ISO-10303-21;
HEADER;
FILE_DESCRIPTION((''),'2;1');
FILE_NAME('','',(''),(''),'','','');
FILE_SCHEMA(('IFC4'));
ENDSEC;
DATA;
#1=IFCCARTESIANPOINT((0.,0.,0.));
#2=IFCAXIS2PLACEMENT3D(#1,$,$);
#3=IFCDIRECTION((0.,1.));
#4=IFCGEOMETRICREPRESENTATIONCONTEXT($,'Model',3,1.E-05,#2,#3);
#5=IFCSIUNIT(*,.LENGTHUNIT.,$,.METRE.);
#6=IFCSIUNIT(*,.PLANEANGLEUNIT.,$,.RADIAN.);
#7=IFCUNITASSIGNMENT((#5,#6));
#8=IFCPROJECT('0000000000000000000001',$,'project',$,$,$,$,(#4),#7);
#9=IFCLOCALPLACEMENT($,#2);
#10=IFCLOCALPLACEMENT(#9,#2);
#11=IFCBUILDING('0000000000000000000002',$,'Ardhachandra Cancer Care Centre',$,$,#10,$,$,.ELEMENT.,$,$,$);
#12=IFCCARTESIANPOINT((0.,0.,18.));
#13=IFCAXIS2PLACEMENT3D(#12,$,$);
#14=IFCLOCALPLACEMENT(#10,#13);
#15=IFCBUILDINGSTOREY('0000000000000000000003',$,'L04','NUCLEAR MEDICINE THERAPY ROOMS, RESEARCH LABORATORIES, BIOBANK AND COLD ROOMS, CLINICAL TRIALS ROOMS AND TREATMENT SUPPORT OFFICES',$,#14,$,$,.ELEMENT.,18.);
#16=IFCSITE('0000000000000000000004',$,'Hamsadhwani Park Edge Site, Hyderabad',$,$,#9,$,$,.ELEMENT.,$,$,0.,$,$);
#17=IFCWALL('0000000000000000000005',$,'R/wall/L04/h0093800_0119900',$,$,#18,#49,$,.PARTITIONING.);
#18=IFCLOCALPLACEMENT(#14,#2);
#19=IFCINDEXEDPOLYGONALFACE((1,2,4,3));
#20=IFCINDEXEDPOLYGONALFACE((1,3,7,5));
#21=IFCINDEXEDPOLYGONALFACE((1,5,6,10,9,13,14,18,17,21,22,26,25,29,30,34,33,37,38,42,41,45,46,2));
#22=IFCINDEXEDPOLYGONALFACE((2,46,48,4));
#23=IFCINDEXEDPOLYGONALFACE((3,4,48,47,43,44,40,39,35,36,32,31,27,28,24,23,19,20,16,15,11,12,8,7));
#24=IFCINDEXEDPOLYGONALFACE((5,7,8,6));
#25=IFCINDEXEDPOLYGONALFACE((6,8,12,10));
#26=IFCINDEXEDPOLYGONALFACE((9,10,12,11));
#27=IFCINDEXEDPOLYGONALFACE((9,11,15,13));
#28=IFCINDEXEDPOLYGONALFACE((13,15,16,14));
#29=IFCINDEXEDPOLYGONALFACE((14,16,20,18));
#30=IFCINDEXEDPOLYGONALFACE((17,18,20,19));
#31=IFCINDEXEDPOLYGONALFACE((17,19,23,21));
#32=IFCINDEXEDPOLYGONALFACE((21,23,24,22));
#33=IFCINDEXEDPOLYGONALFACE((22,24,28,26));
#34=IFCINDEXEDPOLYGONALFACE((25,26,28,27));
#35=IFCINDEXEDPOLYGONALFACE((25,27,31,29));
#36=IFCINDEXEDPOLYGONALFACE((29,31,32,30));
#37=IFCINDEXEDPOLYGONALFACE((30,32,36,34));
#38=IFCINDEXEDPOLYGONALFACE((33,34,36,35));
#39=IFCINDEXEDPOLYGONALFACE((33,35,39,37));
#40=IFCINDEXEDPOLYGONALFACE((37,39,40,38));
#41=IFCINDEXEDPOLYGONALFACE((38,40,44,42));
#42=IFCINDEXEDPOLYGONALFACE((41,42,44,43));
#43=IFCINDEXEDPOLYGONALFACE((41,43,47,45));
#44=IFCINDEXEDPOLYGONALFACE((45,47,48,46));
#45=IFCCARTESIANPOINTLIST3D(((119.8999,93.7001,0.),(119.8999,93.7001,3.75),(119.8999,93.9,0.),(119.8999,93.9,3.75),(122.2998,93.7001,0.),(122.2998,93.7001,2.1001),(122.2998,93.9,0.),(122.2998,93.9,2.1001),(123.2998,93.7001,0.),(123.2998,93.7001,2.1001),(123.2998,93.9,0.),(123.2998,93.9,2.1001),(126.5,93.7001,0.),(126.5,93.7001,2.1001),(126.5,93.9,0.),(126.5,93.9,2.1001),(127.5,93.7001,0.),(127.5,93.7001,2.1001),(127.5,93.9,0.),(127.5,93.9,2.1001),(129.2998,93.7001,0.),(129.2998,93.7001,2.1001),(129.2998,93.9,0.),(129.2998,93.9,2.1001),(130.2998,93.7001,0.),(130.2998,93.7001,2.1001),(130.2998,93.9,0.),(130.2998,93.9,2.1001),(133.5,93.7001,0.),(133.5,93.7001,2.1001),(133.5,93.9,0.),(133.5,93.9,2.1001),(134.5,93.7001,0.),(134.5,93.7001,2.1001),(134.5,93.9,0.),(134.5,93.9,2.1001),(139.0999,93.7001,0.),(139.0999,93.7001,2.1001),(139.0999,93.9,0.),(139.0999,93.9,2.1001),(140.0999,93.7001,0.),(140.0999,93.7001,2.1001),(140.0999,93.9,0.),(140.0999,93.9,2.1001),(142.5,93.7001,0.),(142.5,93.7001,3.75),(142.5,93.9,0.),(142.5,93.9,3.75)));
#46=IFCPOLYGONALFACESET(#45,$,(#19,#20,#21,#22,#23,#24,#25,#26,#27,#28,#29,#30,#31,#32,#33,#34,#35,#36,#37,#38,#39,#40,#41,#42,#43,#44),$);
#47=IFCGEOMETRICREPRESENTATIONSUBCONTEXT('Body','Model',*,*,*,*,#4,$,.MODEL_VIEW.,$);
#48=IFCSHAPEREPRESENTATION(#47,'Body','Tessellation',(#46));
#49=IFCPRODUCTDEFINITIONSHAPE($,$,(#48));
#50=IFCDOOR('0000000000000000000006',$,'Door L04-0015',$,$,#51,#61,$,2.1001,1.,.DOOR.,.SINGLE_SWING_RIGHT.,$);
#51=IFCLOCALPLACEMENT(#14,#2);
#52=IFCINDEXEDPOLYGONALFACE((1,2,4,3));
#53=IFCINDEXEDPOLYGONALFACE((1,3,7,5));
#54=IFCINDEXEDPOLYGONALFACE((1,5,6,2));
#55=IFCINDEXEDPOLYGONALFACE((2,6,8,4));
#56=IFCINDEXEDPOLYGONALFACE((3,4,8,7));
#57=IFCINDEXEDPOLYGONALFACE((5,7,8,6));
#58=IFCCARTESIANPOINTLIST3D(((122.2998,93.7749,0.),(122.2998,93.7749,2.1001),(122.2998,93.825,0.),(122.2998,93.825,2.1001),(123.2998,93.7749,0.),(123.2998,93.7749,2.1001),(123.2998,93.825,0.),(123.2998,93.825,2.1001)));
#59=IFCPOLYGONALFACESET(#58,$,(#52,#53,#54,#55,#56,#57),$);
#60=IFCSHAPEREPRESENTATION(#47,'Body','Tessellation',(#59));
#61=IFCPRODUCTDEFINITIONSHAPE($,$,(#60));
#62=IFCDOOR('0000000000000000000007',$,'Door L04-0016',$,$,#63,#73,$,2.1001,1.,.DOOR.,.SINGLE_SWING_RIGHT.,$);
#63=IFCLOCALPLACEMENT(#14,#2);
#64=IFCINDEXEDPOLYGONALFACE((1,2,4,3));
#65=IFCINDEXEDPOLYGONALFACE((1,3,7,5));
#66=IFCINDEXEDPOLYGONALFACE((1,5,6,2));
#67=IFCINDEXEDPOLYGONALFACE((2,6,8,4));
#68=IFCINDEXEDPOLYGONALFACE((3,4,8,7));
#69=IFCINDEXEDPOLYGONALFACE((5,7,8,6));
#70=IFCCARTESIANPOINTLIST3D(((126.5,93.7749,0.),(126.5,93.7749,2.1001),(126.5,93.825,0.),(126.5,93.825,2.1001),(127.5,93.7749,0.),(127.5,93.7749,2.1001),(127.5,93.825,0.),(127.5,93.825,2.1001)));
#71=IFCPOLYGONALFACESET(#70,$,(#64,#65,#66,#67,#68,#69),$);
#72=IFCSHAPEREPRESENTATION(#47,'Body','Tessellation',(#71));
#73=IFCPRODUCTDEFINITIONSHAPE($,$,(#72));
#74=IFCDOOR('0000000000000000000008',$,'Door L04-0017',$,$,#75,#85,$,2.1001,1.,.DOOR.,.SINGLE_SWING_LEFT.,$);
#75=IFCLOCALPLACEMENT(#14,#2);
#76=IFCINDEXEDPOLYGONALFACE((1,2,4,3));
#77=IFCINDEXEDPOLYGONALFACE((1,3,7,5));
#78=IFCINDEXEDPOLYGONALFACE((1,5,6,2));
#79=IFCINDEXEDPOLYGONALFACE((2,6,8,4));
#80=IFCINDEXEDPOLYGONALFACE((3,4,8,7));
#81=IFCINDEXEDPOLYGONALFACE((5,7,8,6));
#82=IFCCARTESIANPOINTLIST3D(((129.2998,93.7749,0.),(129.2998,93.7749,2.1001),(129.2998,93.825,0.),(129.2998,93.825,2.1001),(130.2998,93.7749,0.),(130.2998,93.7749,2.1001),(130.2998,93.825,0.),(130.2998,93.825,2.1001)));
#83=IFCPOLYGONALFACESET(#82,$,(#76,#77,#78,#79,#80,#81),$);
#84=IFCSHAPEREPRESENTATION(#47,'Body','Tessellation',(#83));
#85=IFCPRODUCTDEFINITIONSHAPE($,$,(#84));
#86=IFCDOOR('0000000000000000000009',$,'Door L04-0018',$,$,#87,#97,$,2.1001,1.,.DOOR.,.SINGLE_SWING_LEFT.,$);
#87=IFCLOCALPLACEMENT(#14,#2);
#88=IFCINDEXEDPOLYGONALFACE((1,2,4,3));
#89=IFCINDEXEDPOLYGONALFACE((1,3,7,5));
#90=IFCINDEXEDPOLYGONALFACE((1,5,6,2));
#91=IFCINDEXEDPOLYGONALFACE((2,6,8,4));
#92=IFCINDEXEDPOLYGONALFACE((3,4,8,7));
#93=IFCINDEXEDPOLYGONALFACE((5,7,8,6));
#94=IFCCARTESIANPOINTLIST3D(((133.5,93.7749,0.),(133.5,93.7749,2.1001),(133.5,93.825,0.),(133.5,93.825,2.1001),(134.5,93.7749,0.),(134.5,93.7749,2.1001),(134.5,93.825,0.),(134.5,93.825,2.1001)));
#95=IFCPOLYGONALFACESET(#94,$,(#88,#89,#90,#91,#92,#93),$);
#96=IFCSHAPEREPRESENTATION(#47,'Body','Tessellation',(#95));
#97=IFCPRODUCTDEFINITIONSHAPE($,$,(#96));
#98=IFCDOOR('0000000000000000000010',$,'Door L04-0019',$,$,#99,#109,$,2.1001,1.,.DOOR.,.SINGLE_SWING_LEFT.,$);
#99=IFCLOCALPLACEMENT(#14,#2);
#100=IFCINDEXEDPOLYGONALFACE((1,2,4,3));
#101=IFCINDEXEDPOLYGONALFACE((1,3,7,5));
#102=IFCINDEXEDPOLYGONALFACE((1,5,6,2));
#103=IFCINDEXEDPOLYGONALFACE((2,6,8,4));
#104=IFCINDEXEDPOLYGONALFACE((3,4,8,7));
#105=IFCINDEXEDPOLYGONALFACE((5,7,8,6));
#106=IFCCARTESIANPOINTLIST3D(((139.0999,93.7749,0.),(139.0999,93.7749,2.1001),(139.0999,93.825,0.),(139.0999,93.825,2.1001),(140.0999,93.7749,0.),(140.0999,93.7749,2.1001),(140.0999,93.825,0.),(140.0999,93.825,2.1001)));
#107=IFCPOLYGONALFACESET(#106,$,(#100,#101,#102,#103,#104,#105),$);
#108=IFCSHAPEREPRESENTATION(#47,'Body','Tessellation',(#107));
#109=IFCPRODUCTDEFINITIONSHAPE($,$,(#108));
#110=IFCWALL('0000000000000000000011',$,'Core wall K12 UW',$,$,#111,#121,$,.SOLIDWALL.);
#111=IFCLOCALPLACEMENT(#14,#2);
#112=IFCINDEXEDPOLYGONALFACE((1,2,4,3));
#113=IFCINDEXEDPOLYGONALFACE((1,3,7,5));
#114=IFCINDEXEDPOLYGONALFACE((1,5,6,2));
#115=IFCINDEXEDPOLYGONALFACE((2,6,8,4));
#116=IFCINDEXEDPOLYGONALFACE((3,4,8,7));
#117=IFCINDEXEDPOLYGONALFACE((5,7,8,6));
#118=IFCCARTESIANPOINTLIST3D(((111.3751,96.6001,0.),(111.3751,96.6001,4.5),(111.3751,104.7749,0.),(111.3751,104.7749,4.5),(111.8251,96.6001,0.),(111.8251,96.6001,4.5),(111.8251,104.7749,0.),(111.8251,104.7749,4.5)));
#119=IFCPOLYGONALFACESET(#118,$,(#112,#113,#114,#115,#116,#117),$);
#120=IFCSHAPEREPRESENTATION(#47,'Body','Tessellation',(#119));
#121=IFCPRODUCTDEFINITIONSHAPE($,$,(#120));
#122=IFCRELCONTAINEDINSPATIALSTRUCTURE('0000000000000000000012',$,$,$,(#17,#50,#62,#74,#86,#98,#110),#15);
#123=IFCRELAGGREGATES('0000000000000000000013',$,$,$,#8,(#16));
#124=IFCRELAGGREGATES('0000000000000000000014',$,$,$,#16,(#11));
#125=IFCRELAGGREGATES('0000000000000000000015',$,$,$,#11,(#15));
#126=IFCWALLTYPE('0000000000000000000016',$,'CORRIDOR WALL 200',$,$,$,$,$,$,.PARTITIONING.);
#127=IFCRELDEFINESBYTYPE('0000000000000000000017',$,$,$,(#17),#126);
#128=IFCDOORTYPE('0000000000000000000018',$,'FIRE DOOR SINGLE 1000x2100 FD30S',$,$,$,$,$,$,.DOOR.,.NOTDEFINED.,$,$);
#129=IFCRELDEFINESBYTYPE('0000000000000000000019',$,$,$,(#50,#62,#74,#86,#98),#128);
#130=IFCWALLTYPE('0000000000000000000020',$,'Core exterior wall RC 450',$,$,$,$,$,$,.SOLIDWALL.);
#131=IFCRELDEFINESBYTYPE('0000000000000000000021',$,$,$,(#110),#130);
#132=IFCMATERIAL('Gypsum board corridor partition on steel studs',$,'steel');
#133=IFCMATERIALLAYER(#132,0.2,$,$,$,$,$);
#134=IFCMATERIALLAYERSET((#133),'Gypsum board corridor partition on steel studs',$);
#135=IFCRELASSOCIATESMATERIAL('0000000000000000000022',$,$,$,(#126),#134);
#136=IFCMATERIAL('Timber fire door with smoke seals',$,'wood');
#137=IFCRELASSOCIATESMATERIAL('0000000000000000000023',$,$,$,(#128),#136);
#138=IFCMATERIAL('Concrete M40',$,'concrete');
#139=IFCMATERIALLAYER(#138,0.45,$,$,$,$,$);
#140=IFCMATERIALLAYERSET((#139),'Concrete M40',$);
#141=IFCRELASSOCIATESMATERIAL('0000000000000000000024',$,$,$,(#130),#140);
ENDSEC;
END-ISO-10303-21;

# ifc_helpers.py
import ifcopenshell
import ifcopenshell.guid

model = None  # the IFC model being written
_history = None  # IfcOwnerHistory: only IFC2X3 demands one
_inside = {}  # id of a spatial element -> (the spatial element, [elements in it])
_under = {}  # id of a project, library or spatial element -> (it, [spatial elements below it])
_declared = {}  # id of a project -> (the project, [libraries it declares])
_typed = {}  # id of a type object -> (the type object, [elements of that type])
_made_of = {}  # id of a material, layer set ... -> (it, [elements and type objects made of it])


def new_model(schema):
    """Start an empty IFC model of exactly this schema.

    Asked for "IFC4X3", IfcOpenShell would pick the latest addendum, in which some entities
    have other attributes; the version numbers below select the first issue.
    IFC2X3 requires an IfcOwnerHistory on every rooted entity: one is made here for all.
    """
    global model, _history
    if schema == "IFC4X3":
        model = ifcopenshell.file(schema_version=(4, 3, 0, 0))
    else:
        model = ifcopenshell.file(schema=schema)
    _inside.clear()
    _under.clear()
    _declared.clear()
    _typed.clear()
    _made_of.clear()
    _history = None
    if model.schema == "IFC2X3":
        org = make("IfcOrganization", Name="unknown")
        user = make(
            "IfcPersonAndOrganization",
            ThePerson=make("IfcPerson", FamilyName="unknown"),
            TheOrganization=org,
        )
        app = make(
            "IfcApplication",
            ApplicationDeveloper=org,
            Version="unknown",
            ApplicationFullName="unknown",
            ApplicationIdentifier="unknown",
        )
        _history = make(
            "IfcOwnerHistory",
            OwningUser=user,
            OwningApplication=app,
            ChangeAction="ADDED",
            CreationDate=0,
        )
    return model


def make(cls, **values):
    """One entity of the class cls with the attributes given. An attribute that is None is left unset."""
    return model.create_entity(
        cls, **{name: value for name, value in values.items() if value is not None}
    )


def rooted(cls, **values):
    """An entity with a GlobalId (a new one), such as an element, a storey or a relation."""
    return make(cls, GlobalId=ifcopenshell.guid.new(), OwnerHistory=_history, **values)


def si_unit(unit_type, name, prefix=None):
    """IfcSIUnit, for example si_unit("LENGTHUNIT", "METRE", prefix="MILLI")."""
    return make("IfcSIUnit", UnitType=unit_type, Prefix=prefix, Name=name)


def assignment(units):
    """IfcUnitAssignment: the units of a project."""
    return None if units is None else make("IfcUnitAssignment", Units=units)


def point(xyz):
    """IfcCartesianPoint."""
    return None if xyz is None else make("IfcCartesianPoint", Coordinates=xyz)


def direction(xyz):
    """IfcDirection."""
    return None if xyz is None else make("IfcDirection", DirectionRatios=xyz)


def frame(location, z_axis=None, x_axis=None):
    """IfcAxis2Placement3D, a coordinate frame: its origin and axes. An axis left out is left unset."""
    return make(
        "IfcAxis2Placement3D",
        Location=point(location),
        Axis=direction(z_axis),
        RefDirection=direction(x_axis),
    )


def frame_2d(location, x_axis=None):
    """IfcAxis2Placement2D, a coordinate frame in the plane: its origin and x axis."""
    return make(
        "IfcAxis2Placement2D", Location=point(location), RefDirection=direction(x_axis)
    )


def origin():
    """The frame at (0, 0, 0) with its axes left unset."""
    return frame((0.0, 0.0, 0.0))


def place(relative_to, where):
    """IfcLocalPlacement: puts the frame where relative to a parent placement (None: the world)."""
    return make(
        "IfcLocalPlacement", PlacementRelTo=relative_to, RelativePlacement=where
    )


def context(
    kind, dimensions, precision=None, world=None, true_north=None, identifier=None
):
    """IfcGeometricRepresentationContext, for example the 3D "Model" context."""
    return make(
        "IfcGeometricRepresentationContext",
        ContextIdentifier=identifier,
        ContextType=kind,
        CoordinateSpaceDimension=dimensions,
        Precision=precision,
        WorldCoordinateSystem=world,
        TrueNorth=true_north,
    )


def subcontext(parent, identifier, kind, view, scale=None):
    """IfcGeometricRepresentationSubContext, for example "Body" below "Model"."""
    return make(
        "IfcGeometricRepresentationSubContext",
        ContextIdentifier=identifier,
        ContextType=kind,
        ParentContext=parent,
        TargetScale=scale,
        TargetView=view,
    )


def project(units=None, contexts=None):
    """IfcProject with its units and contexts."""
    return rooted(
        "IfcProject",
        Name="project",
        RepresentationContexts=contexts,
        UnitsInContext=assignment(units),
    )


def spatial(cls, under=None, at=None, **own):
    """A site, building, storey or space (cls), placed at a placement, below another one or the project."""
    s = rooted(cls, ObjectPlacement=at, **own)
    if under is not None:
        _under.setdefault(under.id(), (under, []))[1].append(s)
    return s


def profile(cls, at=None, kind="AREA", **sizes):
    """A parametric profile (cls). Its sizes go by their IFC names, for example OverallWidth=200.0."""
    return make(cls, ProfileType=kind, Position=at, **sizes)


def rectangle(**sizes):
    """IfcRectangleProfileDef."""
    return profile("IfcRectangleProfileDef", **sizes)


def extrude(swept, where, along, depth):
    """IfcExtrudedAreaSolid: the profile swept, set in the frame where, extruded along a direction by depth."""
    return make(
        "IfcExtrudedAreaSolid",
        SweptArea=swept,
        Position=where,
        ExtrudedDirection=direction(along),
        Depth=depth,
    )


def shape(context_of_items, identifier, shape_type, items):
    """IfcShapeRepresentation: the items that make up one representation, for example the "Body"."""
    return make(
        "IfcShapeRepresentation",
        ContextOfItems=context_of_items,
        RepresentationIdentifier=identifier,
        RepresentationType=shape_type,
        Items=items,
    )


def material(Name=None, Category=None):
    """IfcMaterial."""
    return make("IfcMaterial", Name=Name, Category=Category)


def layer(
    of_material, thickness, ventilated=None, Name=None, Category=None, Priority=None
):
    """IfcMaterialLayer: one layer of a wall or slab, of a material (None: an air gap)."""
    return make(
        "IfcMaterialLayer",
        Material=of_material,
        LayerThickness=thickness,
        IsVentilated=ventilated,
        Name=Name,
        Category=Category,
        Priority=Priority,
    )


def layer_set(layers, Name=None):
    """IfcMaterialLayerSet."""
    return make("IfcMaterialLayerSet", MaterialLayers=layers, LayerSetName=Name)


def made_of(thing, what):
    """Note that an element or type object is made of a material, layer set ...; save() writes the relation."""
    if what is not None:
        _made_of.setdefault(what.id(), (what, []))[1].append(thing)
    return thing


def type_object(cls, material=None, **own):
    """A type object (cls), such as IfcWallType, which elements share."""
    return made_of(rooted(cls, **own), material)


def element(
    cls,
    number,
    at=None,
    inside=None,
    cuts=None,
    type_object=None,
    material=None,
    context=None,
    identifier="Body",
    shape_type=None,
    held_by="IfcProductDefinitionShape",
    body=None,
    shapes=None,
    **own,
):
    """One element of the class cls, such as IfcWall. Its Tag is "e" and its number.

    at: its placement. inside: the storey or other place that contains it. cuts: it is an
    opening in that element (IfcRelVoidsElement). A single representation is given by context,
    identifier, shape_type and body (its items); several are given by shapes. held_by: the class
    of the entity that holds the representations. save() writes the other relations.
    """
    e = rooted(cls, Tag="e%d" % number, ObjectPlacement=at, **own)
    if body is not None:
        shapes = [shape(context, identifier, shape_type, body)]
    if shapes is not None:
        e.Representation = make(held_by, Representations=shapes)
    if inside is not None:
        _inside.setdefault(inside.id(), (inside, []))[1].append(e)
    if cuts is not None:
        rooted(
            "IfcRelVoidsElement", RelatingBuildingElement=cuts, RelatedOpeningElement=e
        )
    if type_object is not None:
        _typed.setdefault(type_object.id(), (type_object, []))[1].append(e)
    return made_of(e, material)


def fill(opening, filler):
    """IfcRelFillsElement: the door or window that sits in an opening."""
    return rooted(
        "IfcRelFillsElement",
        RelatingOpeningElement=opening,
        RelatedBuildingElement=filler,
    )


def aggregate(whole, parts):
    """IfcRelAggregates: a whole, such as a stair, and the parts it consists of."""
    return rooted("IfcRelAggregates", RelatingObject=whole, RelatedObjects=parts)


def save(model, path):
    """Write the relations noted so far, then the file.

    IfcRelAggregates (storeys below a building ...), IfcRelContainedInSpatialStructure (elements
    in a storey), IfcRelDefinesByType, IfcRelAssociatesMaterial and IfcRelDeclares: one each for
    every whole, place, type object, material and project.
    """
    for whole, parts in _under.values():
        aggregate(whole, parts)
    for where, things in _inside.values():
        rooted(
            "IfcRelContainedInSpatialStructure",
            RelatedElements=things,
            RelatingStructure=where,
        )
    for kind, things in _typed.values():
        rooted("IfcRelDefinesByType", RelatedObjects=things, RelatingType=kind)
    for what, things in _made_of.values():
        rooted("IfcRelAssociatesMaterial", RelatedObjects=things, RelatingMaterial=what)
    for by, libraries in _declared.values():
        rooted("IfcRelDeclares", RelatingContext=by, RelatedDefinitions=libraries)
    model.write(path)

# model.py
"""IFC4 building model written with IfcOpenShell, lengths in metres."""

from ifc_helpers import new_model, si_unit, direction, frame, frame_2d, origin, place, context, subcontext, project, spatial, rectangle, extrude, material, layer, layer_set, type_object, element, fill, save


model = new_model("IFC4")

# Units and contexts
model_context = context("Model", 3, precision=1e-05, world=origin(), true_north=direction((0.0, 1.0)))
body_context = subcontext(model_context, "Body", "Model", "MODEL_VIEW")
ifc_project = project(units=[si_unit("LENGTHUNIT", "METRE"), si_unit("PLANEANGLEUNIT", "RADIAN")], contexts=[model_context])

# Site, building, storey
site_placement = place(None, origin())
site = spatial("IfcSite", under=ifc_project, at=site_placement, Name="Hamsadhwani Park Edge Site, Hyderabad", CompositionType="ELEMENT", RefElevation=0.0)
building_placement = place(site_placement, origin())
building = spatial("IfcBuilding", under=site, at=building_placement, Name="Ardhachandra Cancer Care Centre", CompositionType="ELEMENT")
storey_placement = place(building_placement, frame((0.0, 0.0, 18.0)))
storey = spatial("IfcBuildingStorey", under=building, at=storey_placement, Name="L04", Description="NUCLEAR MEDICINE THERAPY ROOMS, RESEARCH LABORATORIES, BIOBANK AND COLD ROOMS, CLINICAL TRIALS ROOMS AND TREATMENT SUPPORT OFFICES", CompositionType="ELEMENT", Elevation=18.0)

# Wall, openings, doors
ifc_material_1 = material(Name="Gypsum board corridor partition on steel studs", Category="steel")
ifc_layer_1 = layer(ifc_material_1, 0.2)
ifc_layer_set_1 = layer_set([ifc_layer_1], Name="Gypsum board corridor partition on steel studs")
wall_type_1 = type_object("IfcWallType", Name="CORRIDOR WALL 200", PredefinedType="PARTITIONING", material=ifc_layer_set_1)
wall_1_placement = place(storey_placement, frame((119.8999, 93.8, 0.0), z_axis=(0.0, 0.0, 1.0), x_axis=(1.0, 0.0, 0.0)))
wall_1 = element("IfcWall", 1, at=wall_1_placement, inside=storey, type_object=wall_type_1, Name="R/wall/L04/h0093800_0119900", PredefinedType="PARTITIONING", context=body_context, shape_type="SweptSolid", body=[
    extrude(rectangle(XDim=22.6001, YDim=0.2, at=frame_2d((11.3, 0.0))), origin(), (0.0, 0.0, 1.0), 3.75),
])
opening_1_placement = place(wall_1_placement, frame((2.3999, 0.0, 0.0)))
opening_1 = element("IfcOpeningElement", 2, at=opening_1_placement, cuts=wall_1, PredefinedType="OPENING", context=body_context, shape_type="SweptSolid", body=[
    extrude(rectangle(XDim=1.0, YDim=2.1001, at=frame_2d((0.5, 1.05))), frame((0.0, 0.1099, 0.0), z_axis=(0.0, -1.0, 0.0), x_axis=(1.0, 0.0, 0.0)), (0.0, 0.0, 1.0), 0.22),
])
opening_2_placement = place(wall_1_placement, frame((6.6001, 0.0, 0.0)))
opening_2 = element("IfcOpeningElement", 3, at=opening_2_placement, cuts=wall_1, PredefinedType="OPENING", context=body_context, shape_type="SweptSolid", body=[
    extrude(rectangle(XDim=1.0, YDim=2.1001, at=frame_2d((0.5, 1.05))), frame((0.0, 0.1099, 0.0), z_axis=(0.0, -1.0, 0.0), x_axis=(1.0, 0.0, 0.0)), (0.0, 0.0, 1.0), 0.22),
])
opening_3_placement = place(wall_1_placement, frame((9.3999, 0.0, 0.0)))
opening_3 = element("IfcOpeningElement", 4, at=opening_3_placement, cuts=wall_1, PredefinedType="OPENING", context=body_context, shape_type="SweptSolid", body=[
    extrude(rectangle(XDim=1.0, YDim=2.1001, at=frame_2d((0.5, 1.05))), frame((0.0, 0.1099, 0.0), z_axis=(0.0, -1.0, 0.0), x_axis=(1.0, 0.0, 0.0)), (0.0, 0.0, 1.0), 0.22),
])
opening_4_placement = place(wall_1_placement, frame((13.6001, 0.0, 0.0)))
opening_4 = element("IfcOpeningElement", 5, at=opening_4_placement, cuts=wall_1, PredefinedType="OPENING", context=body_context, shape_type="SweptSolid", body=[
    extrude(rectangle(XDim=1.0, YDim=2.1001, at=frame_2d((0.5, 1.05))), frame((0.0, 0.1099, 0.0), z_axis=(0.0, -1.0, 0.0), x_axis=(1.0, 0.0, 0.0)), (0.0, 0.0, 1.0), 0.22),
])
opening_5_placement = place(wall_1_placement, frame((19.2, 0.0, 0.0)))
opening_5 = element("IfcOpeningElement", 6, at=opening_5_placement, cuts=wall_1, PredefinedType="OPENING", context=body_context, shape_type="SweptSolid", body=[
    extrude(rectangle(XDim=1.0, YDim=2.1001, at=frame_2d((0.5, 1.05))), frame((0.0, 0.1099, 0.0), z_axis=(0.0, -1.0, 0.0), x_axis=(1.0, 0.0, 0.0)), (0.0, 0.0, 1.0), 0.22),
])
ifc_material_2 = material(Name="Timber fire door with smoke seals", Category="wood")
door_type_1 = type_object("IfcDoorType", Name="FIRE DOOR SINGLE 1000x2100 FD30S", OperationType="NOTDEFINED", PredefinedType="DOOR", material=ifc_material_2)
door_1_placement = place(opening_1_placement, origin())
door_1 = element("IfcDoor", 7, at=door_1_placement, inside=storey, type_object=door_type_1, Name="Door L04-0015", OperationType="SINGLE_SWING_RIGHT", OverallHeight=2.1001, OverallWidth=1.0, PredefinedType="DOOR", context=body_context, shape_type="SweptSolid", body=[
    extrude(rectangle(XDim=1.0, YDim=2.1001, at=frame_2d((0.5, 1.05))), frame((0.0, 0.0249, 0.0), z_axis=(0.0, -1.0, 0.0), x_axis=(1.0, 0.0, 0.0)), (0.0, 0.0, 1.0), 0.05),
])
fill(opening_1, door_1)
door_2_placement = place(opening_2_placement, origin())
door_2 = element("IfcDoor", 8, at=door_2_placement, inside=storey, type_object=door_type_1, Name="Door L04-0016", OperationType="SINGLE_SWING_RIGHT", OverallHeight=2.1001, OverallWidth=1.0, PredefinedType="DOOR", context=body_context, shape_type="SweptSolid", body=[
    extrude(rectangle(XDim=1.0, YDim=2.1001, at=frame_2d((0.5, 1.05))), frame((0.0, 0.0249, 0.0), z_axis=(0.0, -1.0, 0.0), x_axis=(1.0, 0.0, 0.0)), (0.0, 0.0, 1.0), 0.05),
])
fill(opening_2, door_2)
door_3_placement = place(opening_3_placement, origin())
door_3 = element("IfcDoor", 9, at=door_3_placement, inside=storey, type_object=door_type_1, Name="Door L04-0017", OperationType="SINGLE_SWING_LEFT", OverallHeight=2.1001, OverallWidth=1.0, PredefinedType="DOOR", context=body_context, shape_type="SweptSolid", body=[
    extrude(rectangle(XDim=1.0, YDim=2.1001, at=frame_2d((0.5, 1.05))), frame((0.0, 0.0249, 0.0), z_axis=(0.0, -1.0, 0.0), x_axis=(1.0, 0.0, 0.0)), (0.0, 0.0, 1.0), 0.05),
])
fill(opening_3, door_3)
door_4_placement = place(opening_4_placement, origin())
door_4 = element("IfcDoor", 10, at=door_4_placement, inside=storey, type_object=door_type_1, Name="Door L04-0018", OperationType="SINGLE_SWING_LEFT", OverallHeight=2.1001, OverallWidth=1.0, PredefinedType="DOOR", context=body_context, shape_type="SweptSolid", body=[
    extrude(rectangle(XDim=1.0, YDim=2.1001, at=frame_2d((0.5, 1.05))), frame((0.0, 0.0249, 0.0), z_axis=(0.0, -1.0, 0.0), x_axis=(1.0, 0.0, 0.0)), (0.0, 0.0, 1.0), 0.05),
])
fill(opening_4, door_4)
door_5_placement = place(opening_5_placement, origin())
door_5 = element("IfcDoor", 11, at=door_5_placement, inside=storey, type_object=door_type_1, Name="Door L04-0019", OperationType="SINGLE_SWING_LEFT", OverallHeight=2.1001, OverallWidth=1.0, PredefinedType="DOOR", context=body_context, shape_type="SweptSolid", body=[
    extrude(rectangle(XDim=1.0, YDim=2.1001, at=frame_2d((0.5, 1.05))), frame((0.0, 0.0249, 0.0), z_axis=(0.0, -1.0, 0.0), x_axis=(1.0, 0.0, 0.0)), (0.0, 0.0, 1.0), 0.05),
])
fill(opening_5, door_5)

# Wall
ifc_material_3 = material(Name="Concrete M40", Category="concrete")
ifc_layer_2 = layer(ifc_material_3, 0.45)
ifc_layer_set_2 = layer_set([ifc_layer_2], Name="Concrete M40")
wall_type_2 = type_object("IfcWallType", Name="Core exterior wall RC 450", PredefinedType="SOLIDWALL", material=ifc_layer_set_2)
wall_2_placement = place(storey_placement, frame((111.6001, 96.6001, 0.0), z_axis=(0.0, 0.0, 1.0), x_axis=(0.0, 1.0, 0.0)))
element("IfcWall", 12, at=wall_2_placement, inside=storey, type_object=wall_type_2, Name="Core wall K12 UW", PredefinedType="SOLIDWALL", context=body_context, shape_type="SweptSolid", body=[
    extrude(rectangle(XDim=8.1748, YDim=0.45, at=frame_2d((4.0874, 0.0))), origin(), (0.0, 0.0, 1.0), 4.5),
])

save(model, "model.ifc")
